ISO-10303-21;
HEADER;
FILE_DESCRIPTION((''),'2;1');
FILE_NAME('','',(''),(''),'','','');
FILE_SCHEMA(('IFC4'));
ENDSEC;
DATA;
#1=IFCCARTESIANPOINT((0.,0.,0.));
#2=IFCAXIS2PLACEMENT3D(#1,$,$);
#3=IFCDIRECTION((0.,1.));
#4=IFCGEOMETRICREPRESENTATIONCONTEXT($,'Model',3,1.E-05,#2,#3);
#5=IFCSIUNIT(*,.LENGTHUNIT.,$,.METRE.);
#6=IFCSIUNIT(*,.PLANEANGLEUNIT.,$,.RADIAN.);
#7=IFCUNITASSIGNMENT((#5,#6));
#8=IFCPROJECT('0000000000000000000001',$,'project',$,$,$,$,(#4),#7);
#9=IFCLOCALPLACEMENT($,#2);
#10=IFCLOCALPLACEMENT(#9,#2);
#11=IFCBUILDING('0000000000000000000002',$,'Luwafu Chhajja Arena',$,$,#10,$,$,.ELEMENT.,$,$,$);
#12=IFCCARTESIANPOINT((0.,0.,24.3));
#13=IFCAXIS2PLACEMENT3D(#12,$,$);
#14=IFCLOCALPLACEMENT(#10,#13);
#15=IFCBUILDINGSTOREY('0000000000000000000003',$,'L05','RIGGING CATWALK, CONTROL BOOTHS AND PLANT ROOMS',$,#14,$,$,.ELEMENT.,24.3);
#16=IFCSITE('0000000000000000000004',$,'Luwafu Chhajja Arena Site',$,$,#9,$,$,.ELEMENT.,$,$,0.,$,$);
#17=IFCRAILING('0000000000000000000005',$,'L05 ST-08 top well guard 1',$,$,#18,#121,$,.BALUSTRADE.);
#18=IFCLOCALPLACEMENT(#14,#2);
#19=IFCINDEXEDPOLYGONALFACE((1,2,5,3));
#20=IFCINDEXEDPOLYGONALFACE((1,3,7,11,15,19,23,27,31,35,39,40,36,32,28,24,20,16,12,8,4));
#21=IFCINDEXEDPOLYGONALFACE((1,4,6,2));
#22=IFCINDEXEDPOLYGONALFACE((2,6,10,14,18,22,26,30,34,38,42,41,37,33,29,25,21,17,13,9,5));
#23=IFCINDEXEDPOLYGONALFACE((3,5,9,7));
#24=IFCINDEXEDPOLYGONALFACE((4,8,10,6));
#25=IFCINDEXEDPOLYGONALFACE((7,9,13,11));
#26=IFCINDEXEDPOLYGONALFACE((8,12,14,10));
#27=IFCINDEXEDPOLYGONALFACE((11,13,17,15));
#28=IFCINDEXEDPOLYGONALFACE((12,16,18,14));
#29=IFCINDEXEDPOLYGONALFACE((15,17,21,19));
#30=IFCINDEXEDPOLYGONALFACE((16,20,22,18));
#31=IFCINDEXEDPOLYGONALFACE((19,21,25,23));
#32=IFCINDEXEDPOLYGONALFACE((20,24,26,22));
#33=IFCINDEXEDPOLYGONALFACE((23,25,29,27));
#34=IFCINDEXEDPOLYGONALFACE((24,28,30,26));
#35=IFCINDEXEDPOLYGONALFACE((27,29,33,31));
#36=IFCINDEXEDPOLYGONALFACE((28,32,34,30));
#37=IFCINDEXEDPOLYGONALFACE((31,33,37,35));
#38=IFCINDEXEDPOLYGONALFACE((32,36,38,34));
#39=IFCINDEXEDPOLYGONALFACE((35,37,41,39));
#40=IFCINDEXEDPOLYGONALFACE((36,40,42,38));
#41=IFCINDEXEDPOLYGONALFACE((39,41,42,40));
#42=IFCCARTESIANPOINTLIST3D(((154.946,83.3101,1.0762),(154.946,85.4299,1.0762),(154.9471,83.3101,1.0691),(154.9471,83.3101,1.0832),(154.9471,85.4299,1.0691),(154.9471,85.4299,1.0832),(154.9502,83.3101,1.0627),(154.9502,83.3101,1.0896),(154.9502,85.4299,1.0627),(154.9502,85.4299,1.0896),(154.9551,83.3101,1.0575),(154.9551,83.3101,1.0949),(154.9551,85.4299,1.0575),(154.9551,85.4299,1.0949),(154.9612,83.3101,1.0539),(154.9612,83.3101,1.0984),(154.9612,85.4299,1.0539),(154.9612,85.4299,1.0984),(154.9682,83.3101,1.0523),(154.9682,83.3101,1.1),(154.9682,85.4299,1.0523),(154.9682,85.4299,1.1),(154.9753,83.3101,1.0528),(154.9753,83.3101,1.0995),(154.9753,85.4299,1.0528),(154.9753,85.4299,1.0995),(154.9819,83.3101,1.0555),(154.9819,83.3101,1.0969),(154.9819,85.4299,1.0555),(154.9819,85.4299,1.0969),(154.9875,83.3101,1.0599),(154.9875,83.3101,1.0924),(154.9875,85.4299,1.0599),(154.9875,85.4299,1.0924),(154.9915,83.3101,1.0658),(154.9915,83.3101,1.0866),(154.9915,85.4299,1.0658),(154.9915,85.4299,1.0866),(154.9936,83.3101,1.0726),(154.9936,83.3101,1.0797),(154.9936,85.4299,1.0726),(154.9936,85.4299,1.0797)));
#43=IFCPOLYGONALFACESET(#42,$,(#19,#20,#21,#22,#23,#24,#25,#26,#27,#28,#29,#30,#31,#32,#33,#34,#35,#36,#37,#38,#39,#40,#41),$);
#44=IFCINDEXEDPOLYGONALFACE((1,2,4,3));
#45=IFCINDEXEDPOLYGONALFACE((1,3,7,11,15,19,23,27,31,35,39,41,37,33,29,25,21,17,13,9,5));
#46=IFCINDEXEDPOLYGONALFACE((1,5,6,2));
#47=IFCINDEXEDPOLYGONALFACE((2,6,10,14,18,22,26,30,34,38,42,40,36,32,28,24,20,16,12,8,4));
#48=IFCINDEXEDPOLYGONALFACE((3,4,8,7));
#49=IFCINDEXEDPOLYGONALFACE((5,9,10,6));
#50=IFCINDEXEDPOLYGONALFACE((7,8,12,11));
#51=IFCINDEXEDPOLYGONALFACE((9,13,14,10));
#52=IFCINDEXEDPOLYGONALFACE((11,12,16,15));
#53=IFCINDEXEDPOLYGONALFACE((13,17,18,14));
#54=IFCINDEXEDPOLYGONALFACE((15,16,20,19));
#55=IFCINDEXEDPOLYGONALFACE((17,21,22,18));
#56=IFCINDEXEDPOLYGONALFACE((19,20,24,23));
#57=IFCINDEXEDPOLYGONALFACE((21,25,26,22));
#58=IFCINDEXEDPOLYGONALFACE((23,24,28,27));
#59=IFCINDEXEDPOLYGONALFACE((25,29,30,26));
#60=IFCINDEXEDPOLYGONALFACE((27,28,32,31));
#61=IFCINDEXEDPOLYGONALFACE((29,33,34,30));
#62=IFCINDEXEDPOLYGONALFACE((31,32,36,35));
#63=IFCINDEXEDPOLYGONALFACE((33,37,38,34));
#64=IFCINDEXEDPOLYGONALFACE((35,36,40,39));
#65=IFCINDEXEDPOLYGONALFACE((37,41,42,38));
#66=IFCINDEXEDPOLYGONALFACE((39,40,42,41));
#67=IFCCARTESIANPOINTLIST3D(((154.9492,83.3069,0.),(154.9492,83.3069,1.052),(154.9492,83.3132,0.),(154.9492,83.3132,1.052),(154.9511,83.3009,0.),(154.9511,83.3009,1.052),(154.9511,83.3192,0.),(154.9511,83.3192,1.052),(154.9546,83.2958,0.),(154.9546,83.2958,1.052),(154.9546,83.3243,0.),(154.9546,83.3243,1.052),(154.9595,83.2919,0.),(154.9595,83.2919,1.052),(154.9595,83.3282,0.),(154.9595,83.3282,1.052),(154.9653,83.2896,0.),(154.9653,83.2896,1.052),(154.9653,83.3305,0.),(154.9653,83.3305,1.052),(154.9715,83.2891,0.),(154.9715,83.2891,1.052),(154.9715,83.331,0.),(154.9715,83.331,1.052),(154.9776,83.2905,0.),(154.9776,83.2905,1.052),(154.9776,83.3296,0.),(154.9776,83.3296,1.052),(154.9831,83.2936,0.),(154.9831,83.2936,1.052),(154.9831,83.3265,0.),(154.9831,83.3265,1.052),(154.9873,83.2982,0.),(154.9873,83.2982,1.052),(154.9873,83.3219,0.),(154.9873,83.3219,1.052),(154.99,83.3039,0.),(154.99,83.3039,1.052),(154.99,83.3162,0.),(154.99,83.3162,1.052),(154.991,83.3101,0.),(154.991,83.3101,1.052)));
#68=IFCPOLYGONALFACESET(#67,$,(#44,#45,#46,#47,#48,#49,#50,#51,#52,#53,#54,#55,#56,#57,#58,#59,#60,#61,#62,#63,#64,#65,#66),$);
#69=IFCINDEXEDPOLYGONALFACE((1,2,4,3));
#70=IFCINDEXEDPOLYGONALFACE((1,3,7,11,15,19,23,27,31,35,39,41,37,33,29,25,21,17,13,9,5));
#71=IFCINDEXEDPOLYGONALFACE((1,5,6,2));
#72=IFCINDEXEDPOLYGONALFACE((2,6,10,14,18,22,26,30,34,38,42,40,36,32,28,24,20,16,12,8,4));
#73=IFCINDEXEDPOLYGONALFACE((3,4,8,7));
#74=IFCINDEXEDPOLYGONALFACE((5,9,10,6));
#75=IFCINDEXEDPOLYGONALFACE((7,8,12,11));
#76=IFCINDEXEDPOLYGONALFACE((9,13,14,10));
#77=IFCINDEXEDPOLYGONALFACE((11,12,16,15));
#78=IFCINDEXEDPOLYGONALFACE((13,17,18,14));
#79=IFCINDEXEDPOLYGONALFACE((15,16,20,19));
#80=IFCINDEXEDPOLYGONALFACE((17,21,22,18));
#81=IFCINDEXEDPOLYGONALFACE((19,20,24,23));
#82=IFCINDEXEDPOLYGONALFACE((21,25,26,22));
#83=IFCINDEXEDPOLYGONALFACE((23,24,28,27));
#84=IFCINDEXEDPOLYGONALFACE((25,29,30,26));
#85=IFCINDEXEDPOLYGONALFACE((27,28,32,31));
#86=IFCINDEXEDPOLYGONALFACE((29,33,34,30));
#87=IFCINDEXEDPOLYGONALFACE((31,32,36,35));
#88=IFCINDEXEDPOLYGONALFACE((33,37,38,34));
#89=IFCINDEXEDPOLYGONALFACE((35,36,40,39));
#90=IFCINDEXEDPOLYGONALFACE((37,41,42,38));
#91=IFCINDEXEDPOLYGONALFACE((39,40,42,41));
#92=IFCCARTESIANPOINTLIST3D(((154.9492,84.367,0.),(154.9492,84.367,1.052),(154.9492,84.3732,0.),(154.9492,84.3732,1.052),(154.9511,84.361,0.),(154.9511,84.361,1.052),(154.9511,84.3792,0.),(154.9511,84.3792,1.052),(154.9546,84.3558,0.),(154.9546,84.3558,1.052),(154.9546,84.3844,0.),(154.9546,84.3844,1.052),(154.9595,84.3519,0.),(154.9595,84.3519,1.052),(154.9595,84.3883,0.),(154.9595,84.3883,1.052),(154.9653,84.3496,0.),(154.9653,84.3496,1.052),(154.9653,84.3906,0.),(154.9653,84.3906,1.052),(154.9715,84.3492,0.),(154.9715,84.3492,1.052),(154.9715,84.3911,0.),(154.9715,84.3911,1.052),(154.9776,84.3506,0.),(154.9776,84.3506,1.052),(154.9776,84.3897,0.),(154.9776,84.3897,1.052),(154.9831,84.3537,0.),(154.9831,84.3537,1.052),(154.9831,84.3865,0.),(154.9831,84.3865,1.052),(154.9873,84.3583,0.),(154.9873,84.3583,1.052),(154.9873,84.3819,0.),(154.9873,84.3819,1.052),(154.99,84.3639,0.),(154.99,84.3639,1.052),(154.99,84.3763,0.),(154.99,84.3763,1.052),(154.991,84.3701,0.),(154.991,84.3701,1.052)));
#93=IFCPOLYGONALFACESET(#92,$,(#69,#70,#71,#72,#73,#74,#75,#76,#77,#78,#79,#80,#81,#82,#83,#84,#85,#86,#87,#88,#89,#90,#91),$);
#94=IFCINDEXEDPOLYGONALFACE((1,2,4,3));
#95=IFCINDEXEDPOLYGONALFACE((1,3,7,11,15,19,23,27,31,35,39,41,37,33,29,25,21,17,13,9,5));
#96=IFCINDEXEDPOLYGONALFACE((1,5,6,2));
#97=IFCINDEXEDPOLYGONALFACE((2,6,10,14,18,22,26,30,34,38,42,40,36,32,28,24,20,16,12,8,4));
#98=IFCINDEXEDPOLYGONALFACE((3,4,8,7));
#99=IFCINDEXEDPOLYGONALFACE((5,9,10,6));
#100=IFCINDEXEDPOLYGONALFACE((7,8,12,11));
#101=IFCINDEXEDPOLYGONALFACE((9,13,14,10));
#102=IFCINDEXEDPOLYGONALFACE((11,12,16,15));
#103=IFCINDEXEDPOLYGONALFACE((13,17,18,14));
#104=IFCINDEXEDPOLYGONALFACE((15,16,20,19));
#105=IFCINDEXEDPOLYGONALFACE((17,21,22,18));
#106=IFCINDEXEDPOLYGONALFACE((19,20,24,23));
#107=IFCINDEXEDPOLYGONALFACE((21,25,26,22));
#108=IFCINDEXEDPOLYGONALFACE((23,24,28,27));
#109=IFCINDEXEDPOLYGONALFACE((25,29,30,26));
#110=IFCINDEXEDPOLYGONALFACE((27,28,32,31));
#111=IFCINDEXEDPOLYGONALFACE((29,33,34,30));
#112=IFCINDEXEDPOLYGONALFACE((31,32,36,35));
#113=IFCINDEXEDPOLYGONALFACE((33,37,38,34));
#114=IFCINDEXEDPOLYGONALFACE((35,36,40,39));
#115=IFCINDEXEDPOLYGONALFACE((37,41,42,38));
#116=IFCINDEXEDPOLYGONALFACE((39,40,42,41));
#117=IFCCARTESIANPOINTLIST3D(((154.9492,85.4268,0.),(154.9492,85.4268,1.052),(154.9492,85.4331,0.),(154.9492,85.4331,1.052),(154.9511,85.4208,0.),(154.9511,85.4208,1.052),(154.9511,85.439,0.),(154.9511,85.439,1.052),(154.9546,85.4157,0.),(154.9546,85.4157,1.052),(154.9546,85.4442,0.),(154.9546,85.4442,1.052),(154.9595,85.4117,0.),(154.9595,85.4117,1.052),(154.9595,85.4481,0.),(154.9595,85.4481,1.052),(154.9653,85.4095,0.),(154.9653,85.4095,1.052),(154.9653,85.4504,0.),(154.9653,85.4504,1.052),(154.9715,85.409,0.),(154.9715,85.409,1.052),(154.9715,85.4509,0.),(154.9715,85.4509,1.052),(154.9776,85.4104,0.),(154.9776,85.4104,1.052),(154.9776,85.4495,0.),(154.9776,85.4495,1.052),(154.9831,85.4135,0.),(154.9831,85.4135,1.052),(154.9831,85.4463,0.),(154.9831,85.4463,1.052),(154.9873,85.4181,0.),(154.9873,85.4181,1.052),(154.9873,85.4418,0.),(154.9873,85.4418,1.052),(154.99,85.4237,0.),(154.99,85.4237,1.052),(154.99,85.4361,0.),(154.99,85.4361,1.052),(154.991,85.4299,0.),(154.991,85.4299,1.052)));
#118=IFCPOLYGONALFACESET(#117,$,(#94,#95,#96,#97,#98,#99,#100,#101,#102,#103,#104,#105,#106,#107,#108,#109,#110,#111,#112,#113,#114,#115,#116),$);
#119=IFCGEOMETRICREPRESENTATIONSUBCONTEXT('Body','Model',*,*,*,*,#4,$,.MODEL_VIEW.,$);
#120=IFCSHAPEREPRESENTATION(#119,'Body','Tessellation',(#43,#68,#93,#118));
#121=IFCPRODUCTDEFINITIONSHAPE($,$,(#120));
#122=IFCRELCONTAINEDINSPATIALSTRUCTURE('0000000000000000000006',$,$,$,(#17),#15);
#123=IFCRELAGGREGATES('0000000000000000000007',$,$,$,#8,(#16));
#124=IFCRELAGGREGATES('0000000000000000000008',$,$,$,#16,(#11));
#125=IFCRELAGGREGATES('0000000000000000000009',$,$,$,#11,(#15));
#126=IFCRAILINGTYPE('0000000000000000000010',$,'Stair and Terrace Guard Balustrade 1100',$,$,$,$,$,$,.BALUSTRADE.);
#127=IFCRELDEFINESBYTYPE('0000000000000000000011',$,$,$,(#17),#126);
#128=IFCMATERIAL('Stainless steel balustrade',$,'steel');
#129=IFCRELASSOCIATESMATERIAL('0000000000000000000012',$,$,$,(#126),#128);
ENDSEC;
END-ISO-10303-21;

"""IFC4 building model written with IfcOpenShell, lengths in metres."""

from ifc_helpers import new_model, si_unit, direction, frame, origin, origin_2d, place, context, subcontext, project, spatial, circle, extrude, material, type_object, element, save


model = new_model("IFC4")

# Units and contexts
model_context = context("Model", 3, precision=1e-05, world=origin(), true_north=direction((0.0, 1.0)))
body_context = subcontext(model_context, "Body", "Model", "MODEL_VIEW")
ifc_project = project(units=[si_unit("LENGTHUNIT", "METRE"), si_unit("PLANEANGLEUNIT", "RADIAN")], contexts=[model_context])

# Site, building, storey
site_placement = place(None, origin())
site = spatial("IfcSite", under=ifc_project, at=site_placement, Name="Luwafu Chhajja Arena Site", CompositionType="ELEMENT", RefElevation=0.0)
building_placement = place(site_placement, origin())
building = spatial("IfcBuilding", under=site, at=building_placement, Name="Luwafu Chhajja Arena", CompositionType="ELEMENT")
storey_placement = place(building_placement, frame((0.0, 0.0, 24.3)))
storey = spatial("IfcBuildingStorey", under=building, at=storey_placement, Name="L05", Description="RIGGING CATWALK, CONTROL BOOTHS AND PLANT ROOMS", CompositionType="ELEMENT", Elevation=24.3)

# Railing
ifc_material_1 = material(Name="Stainless steel balustrade", Category="steel")
railing_type = type_object("IfcRailingType", Name="Stair and Terrace Guard Balustrade 1100", PredefinedType="BALUSTRADE", material=ifc_material_1)
railing_1_placement = place(storey_placement, frame((154.97, 83.3101, 0.0)))
element("IfcRailing", 1, at=railing_1_placement, inside=storey, type_object=railing_type, Name="L05 ST-08 top well guard 1", PredefinedType="BALUSTRADE", context=body_context, shape_type="SweptSolid", body=[
    extrude(circle(Radius=0.0239, at=origin_2d()), frame((0.0, 0.0, 1.0762), z_axis=(0.0, 1.0, 0.0), x_axis=(-1.0, 0.0, 0.0)), (0.0, 0.0, 1.0), 2.1199),
    extrude(circle(Radius=0.021, at=origin_2d()), origin(), (0.0, 0.0, 1.0), 1.052),
    extrude(circle(Radius=0.021, at=origin_2d()), frame((0.0, 1.0601, 0.0)), (0.0, 0.0, 1.0), 1.052),
    extrude(circle(Radius=0.021, at=origin_2d()), frame((0.0, 2.1199, 0.0)), (0.0, 0.0, 1.0), 1.052),
])

save(model, "model.ifc")
